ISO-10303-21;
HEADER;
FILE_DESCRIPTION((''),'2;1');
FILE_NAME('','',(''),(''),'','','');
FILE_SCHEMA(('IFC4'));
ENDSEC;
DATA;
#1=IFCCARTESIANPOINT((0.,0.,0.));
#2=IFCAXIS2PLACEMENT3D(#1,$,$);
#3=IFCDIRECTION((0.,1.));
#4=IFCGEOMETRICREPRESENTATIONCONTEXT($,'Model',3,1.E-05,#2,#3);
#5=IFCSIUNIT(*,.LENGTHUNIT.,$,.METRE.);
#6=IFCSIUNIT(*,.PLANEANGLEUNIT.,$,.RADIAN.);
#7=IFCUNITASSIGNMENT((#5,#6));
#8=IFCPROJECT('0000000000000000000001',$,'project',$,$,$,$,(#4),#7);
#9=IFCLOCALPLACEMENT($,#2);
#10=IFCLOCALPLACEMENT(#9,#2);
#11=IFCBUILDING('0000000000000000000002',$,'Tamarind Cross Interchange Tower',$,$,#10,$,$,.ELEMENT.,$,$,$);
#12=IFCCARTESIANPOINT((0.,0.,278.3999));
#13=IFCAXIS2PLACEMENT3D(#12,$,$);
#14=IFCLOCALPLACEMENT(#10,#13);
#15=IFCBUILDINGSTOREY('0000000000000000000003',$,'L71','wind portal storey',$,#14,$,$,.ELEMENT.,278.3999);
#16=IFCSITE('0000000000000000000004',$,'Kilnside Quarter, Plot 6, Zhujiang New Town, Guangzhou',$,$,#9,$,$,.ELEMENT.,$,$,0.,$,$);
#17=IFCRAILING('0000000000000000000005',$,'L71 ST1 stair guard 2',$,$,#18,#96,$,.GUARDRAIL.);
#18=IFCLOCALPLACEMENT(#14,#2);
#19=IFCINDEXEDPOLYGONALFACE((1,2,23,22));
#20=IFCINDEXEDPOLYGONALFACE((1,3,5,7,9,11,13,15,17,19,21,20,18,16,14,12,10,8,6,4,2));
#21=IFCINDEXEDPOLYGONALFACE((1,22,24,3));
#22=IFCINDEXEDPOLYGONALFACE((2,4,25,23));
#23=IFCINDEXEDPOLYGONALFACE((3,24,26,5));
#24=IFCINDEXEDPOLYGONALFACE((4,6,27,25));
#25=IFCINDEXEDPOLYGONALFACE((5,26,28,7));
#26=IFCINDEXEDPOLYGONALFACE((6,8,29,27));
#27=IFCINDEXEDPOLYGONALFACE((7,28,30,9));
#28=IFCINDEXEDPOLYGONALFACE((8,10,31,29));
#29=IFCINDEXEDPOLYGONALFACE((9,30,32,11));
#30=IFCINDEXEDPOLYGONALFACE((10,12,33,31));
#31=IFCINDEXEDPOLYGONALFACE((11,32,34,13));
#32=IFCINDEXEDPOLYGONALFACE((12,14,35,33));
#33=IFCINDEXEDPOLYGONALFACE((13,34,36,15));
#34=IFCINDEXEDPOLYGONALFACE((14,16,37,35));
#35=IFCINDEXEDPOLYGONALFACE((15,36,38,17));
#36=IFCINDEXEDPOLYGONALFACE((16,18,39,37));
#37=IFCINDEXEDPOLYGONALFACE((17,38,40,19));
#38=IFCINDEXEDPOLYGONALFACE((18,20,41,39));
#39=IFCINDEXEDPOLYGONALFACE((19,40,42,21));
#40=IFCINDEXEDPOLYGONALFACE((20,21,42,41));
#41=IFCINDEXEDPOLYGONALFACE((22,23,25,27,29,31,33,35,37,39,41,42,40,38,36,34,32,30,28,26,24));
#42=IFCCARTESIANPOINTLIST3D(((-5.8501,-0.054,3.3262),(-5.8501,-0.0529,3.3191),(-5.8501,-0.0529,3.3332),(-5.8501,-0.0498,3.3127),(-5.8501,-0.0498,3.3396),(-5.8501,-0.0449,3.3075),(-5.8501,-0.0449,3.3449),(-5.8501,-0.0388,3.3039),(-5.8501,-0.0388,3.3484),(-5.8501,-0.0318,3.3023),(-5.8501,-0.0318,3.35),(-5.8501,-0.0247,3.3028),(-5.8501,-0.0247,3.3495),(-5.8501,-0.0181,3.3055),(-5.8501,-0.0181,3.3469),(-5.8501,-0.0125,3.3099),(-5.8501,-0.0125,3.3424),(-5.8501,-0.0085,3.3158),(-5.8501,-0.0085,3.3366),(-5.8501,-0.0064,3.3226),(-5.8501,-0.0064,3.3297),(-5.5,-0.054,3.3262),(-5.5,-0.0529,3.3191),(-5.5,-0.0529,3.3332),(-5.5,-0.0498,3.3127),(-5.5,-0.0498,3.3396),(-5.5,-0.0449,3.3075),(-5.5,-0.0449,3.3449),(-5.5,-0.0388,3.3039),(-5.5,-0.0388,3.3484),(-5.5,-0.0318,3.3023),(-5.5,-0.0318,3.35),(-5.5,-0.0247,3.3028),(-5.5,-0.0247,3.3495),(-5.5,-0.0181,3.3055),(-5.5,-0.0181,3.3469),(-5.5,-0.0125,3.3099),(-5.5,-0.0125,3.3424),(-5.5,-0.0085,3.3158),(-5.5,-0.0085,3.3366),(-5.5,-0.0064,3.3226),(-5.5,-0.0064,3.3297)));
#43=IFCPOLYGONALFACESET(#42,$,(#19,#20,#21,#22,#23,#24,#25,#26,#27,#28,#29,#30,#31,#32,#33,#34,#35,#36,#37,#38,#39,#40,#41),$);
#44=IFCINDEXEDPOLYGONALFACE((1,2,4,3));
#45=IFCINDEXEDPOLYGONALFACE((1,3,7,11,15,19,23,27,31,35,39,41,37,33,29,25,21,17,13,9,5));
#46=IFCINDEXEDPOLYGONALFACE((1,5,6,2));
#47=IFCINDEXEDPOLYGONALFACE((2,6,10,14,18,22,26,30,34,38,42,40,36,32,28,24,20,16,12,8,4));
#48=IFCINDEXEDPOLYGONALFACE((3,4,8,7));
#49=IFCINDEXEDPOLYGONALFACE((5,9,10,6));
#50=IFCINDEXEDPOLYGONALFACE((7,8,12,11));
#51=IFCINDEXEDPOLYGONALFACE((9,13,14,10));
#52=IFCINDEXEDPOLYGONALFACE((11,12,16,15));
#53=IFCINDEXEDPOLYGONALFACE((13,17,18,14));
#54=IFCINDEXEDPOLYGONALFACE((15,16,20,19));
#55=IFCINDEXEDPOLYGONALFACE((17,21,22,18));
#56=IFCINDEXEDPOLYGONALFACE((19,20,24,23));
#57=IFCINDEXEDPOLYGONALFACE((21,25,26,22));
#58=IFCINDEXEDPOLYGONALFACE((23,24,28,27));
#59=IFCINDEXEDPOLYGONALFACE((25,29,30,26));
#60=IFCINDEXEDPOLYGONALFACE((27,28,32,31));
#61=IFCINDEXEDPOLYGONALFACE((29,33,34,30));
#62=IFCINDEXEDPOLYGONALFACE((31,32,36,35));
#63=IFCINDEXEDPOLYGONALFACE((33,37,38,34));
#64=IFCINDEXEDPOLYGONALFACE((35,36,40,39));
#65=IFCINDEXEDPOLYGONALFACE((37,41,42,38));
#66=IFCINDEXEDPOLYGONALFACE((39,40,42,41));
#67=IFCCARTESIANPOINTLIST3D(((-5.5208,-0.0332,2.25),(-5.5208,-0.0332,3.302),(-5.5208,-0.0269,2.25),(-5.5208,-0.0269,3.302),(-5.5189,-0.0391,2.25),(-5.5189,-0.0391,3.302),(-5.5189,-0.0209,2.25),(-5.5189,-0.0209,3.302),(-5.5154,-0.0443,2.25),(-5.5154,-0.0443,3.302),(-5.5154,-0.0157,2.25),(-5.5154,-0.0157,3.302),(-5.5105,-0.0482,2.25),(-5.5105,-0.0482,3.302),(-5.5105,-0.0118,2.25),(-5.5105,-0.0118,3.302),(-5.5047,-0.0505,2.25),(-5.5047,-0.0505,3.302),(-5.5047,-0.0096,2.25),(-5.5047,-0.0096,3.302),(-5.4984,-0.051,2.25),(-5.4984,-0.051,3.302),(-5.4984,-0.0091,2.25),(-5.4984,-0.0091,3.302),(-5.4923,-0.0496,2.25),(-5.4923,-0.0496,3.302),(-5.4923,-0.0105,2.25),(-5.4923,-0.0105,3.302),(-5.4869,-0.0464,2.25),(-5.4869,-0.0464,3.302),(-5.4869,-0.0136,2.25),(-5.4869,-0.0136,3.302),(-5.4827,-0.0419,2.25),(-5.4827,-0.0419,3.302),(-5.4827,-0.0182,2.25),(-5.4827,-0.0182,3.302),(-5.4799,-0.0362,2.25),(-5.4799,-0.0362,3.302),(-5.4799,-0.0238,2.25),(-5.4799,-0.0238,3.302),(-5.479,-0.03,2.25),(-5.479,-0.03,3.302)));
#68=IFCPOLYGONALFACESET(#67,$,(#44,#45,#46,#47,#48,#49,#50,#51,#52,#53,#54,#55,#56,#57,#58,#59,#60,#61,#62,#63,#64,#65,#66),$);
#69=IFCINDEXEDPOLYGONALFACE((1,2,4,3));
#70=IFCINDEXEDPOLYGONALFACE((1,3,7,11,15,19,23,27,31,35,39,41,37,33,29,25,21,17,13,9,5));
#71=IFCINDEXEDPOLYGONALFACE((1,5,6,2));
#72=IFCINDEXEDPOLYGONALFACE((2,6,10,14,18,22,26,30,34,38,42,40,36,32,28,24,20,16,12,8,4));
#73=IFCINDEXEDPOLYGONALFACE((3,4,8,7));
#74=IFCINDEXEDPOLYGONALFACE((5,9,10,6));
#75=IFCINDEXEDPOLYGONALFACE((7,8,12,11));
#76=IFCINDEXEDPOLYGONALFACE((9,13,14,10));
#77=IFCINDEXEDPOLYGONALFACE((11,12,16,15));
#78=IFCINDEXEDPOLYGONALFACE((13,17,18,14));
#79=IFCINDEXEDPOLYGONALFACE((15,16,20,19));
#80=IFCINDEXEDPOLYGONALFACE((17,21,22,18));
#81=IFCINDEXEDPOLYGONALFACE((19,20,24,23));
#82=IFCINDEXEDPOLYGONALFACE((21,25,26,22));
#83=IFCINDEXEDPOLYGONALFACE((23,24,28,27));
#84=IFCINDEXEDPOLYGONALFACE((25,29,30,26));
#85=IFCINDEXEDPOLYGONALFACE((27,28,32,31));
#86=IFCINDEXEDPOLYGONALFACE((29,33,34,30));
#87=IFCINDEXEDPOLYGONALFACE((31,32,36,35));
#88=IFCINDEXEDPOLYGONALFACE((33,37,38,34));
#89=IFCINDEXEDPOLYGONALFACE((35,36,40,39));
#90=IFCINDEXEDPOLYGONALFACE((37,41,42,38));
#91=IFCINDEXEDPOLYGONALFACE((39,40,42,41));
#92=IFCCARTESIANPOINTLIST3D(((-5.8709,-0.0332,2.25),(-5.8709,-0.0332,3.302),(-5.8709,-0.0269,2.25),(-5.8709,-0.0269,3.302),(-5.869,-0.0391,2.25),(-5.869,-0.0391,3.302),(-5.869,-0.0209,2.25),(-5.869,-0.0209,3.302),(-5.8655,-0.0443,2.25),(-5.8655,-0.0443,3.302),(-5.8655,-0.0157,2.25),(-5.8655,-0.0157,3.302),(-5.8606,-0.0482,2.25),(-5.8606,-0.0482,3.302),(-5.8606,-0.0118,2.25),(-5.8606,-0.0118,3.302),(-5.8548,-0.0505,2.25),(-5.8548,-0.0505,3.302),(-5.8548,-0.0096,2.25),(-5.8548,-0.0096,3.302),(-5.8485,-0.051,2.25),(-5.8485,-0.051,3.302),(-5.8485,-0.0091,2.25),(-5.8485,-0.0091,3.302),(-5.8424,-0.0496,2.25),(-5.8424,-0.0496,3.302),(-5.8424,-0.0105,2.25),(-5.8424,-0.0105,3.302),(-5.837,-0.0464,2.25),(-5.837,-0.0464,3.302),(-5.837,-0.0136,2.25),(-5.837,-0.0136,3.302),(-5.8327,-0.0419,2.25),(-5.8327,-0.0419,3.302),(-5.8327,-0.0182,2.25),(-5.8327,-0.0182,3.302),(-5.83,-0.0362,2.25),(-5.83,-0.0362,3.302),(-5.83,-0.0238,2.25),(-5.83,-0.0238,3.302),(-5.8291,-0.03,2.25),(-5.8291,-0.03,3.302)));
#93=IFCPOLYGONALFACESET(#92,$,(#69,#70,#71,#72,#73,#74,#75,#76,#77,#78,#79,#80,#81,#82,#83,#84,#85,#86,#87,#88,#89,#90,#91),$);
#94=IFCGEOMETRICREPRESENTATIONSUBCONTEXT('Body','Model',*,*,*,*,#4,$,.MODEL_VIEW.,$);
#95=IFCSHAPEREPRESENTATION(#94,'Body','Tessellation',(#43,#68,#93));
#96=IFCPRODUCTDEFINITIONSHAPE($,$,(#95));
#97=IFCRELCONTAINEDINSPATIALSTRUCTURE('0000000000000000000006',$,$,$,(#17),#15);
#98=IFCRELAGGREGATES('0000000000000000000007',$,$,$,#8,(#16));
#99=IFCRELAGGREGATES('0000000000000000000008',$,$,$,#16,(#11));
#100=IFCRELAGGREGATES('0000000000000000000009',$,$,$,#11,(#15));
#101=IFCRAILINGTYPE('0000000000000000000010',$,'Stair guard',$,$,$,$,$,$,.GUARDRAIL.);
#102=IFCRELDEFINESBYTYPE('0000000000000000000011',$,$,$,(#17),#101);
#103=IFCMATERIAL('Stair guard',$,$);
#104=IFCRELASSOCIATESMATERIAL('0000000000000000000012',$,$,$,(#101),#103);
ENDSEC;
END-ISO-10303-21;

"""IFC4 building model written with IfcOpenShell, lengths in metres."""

from ifc_helpers import new_model, si_unit, direction, frame, origin, origin_2d, place, context, subcontext, project, spatial, circle, extrude, material, type_object, element, save


model = new_model("IFC4")

# Units and contexts
model_context = context("Model", 3, precision=1e-05, world=origin(), true_north=direction((0.0, 1.0)))
body_context = subcontext(model_context, "Body", "Model", "MODEL_VIEW")
ifc_project = project(units=[si_unit("LENGTHUNIT", "METRE"), si_unit("PLANEANGLEUNIT", "RADIAN")], contexts=[model_context])

# Site, building, storey
site_placement = place(None, origin())
site = spatial("IfcSite", under=ifc_project, at=site_placement, Name="Kilnside Quarter, Plot 6, Zhujiang New Town, Guangzhou", CompositionType="ELEMENT", RefElevation=0.0)
building_placement = place(site_placement, origin())
building = spatial("IfcBuilding", under=site, at=building_placement, Name="Tamarind Cross Interchange Tower", CompositionType="ELEMENT")
storey_placement = place(building_placement, frame((0.0, 0.0, 278.3999)))
storey = spatial("IfcBuildingStorey", under=building, at=storey_placement, Name="L71", Description="wind portal storey", CompositionType="ELEMENT", Elevation=278.3999)

# Railing
ifc_material_1 = material(Name="Stair guard")
railing_type_1 = type_object("IfcRailingType", Name="Stair guard", PredefinedType="GUARDRAIL", material=ifc_material_1)
railing_1_placement = place(storey_placement, frame((-5.5, -0.03, 2.25)))
element("IfcRailing", 1, at=railing_1_placement, inside=storey, type_object=railing_type_1, Name="L71 ST1 stair guard 2", PredefinedType="GUARDRAIL", context=body_context, shape_type="SweptSolid", body=[
    extrude(circle(Radius=0.0239, at=origin_2d()), frame((0.0, 0.0, 1.0762), z_axis=(-1.0, 0.0, 0.0), x_axis=(0.0, -1.0, 0.0)), (0.0, 0.0, 1.0), 0.3501),
    extrude(circle(Radius=0.021, at=origin_2d()), origin(), (0.0, 0.0, 1.0), 1.052),
    extrude(circle(Radius=0.021, at=origin_2d()), frame((-0.3501, 0.0, 0.0)), (0.0, 0.0, 1.0), 1.052),
])

save(model, "model.ifc")
